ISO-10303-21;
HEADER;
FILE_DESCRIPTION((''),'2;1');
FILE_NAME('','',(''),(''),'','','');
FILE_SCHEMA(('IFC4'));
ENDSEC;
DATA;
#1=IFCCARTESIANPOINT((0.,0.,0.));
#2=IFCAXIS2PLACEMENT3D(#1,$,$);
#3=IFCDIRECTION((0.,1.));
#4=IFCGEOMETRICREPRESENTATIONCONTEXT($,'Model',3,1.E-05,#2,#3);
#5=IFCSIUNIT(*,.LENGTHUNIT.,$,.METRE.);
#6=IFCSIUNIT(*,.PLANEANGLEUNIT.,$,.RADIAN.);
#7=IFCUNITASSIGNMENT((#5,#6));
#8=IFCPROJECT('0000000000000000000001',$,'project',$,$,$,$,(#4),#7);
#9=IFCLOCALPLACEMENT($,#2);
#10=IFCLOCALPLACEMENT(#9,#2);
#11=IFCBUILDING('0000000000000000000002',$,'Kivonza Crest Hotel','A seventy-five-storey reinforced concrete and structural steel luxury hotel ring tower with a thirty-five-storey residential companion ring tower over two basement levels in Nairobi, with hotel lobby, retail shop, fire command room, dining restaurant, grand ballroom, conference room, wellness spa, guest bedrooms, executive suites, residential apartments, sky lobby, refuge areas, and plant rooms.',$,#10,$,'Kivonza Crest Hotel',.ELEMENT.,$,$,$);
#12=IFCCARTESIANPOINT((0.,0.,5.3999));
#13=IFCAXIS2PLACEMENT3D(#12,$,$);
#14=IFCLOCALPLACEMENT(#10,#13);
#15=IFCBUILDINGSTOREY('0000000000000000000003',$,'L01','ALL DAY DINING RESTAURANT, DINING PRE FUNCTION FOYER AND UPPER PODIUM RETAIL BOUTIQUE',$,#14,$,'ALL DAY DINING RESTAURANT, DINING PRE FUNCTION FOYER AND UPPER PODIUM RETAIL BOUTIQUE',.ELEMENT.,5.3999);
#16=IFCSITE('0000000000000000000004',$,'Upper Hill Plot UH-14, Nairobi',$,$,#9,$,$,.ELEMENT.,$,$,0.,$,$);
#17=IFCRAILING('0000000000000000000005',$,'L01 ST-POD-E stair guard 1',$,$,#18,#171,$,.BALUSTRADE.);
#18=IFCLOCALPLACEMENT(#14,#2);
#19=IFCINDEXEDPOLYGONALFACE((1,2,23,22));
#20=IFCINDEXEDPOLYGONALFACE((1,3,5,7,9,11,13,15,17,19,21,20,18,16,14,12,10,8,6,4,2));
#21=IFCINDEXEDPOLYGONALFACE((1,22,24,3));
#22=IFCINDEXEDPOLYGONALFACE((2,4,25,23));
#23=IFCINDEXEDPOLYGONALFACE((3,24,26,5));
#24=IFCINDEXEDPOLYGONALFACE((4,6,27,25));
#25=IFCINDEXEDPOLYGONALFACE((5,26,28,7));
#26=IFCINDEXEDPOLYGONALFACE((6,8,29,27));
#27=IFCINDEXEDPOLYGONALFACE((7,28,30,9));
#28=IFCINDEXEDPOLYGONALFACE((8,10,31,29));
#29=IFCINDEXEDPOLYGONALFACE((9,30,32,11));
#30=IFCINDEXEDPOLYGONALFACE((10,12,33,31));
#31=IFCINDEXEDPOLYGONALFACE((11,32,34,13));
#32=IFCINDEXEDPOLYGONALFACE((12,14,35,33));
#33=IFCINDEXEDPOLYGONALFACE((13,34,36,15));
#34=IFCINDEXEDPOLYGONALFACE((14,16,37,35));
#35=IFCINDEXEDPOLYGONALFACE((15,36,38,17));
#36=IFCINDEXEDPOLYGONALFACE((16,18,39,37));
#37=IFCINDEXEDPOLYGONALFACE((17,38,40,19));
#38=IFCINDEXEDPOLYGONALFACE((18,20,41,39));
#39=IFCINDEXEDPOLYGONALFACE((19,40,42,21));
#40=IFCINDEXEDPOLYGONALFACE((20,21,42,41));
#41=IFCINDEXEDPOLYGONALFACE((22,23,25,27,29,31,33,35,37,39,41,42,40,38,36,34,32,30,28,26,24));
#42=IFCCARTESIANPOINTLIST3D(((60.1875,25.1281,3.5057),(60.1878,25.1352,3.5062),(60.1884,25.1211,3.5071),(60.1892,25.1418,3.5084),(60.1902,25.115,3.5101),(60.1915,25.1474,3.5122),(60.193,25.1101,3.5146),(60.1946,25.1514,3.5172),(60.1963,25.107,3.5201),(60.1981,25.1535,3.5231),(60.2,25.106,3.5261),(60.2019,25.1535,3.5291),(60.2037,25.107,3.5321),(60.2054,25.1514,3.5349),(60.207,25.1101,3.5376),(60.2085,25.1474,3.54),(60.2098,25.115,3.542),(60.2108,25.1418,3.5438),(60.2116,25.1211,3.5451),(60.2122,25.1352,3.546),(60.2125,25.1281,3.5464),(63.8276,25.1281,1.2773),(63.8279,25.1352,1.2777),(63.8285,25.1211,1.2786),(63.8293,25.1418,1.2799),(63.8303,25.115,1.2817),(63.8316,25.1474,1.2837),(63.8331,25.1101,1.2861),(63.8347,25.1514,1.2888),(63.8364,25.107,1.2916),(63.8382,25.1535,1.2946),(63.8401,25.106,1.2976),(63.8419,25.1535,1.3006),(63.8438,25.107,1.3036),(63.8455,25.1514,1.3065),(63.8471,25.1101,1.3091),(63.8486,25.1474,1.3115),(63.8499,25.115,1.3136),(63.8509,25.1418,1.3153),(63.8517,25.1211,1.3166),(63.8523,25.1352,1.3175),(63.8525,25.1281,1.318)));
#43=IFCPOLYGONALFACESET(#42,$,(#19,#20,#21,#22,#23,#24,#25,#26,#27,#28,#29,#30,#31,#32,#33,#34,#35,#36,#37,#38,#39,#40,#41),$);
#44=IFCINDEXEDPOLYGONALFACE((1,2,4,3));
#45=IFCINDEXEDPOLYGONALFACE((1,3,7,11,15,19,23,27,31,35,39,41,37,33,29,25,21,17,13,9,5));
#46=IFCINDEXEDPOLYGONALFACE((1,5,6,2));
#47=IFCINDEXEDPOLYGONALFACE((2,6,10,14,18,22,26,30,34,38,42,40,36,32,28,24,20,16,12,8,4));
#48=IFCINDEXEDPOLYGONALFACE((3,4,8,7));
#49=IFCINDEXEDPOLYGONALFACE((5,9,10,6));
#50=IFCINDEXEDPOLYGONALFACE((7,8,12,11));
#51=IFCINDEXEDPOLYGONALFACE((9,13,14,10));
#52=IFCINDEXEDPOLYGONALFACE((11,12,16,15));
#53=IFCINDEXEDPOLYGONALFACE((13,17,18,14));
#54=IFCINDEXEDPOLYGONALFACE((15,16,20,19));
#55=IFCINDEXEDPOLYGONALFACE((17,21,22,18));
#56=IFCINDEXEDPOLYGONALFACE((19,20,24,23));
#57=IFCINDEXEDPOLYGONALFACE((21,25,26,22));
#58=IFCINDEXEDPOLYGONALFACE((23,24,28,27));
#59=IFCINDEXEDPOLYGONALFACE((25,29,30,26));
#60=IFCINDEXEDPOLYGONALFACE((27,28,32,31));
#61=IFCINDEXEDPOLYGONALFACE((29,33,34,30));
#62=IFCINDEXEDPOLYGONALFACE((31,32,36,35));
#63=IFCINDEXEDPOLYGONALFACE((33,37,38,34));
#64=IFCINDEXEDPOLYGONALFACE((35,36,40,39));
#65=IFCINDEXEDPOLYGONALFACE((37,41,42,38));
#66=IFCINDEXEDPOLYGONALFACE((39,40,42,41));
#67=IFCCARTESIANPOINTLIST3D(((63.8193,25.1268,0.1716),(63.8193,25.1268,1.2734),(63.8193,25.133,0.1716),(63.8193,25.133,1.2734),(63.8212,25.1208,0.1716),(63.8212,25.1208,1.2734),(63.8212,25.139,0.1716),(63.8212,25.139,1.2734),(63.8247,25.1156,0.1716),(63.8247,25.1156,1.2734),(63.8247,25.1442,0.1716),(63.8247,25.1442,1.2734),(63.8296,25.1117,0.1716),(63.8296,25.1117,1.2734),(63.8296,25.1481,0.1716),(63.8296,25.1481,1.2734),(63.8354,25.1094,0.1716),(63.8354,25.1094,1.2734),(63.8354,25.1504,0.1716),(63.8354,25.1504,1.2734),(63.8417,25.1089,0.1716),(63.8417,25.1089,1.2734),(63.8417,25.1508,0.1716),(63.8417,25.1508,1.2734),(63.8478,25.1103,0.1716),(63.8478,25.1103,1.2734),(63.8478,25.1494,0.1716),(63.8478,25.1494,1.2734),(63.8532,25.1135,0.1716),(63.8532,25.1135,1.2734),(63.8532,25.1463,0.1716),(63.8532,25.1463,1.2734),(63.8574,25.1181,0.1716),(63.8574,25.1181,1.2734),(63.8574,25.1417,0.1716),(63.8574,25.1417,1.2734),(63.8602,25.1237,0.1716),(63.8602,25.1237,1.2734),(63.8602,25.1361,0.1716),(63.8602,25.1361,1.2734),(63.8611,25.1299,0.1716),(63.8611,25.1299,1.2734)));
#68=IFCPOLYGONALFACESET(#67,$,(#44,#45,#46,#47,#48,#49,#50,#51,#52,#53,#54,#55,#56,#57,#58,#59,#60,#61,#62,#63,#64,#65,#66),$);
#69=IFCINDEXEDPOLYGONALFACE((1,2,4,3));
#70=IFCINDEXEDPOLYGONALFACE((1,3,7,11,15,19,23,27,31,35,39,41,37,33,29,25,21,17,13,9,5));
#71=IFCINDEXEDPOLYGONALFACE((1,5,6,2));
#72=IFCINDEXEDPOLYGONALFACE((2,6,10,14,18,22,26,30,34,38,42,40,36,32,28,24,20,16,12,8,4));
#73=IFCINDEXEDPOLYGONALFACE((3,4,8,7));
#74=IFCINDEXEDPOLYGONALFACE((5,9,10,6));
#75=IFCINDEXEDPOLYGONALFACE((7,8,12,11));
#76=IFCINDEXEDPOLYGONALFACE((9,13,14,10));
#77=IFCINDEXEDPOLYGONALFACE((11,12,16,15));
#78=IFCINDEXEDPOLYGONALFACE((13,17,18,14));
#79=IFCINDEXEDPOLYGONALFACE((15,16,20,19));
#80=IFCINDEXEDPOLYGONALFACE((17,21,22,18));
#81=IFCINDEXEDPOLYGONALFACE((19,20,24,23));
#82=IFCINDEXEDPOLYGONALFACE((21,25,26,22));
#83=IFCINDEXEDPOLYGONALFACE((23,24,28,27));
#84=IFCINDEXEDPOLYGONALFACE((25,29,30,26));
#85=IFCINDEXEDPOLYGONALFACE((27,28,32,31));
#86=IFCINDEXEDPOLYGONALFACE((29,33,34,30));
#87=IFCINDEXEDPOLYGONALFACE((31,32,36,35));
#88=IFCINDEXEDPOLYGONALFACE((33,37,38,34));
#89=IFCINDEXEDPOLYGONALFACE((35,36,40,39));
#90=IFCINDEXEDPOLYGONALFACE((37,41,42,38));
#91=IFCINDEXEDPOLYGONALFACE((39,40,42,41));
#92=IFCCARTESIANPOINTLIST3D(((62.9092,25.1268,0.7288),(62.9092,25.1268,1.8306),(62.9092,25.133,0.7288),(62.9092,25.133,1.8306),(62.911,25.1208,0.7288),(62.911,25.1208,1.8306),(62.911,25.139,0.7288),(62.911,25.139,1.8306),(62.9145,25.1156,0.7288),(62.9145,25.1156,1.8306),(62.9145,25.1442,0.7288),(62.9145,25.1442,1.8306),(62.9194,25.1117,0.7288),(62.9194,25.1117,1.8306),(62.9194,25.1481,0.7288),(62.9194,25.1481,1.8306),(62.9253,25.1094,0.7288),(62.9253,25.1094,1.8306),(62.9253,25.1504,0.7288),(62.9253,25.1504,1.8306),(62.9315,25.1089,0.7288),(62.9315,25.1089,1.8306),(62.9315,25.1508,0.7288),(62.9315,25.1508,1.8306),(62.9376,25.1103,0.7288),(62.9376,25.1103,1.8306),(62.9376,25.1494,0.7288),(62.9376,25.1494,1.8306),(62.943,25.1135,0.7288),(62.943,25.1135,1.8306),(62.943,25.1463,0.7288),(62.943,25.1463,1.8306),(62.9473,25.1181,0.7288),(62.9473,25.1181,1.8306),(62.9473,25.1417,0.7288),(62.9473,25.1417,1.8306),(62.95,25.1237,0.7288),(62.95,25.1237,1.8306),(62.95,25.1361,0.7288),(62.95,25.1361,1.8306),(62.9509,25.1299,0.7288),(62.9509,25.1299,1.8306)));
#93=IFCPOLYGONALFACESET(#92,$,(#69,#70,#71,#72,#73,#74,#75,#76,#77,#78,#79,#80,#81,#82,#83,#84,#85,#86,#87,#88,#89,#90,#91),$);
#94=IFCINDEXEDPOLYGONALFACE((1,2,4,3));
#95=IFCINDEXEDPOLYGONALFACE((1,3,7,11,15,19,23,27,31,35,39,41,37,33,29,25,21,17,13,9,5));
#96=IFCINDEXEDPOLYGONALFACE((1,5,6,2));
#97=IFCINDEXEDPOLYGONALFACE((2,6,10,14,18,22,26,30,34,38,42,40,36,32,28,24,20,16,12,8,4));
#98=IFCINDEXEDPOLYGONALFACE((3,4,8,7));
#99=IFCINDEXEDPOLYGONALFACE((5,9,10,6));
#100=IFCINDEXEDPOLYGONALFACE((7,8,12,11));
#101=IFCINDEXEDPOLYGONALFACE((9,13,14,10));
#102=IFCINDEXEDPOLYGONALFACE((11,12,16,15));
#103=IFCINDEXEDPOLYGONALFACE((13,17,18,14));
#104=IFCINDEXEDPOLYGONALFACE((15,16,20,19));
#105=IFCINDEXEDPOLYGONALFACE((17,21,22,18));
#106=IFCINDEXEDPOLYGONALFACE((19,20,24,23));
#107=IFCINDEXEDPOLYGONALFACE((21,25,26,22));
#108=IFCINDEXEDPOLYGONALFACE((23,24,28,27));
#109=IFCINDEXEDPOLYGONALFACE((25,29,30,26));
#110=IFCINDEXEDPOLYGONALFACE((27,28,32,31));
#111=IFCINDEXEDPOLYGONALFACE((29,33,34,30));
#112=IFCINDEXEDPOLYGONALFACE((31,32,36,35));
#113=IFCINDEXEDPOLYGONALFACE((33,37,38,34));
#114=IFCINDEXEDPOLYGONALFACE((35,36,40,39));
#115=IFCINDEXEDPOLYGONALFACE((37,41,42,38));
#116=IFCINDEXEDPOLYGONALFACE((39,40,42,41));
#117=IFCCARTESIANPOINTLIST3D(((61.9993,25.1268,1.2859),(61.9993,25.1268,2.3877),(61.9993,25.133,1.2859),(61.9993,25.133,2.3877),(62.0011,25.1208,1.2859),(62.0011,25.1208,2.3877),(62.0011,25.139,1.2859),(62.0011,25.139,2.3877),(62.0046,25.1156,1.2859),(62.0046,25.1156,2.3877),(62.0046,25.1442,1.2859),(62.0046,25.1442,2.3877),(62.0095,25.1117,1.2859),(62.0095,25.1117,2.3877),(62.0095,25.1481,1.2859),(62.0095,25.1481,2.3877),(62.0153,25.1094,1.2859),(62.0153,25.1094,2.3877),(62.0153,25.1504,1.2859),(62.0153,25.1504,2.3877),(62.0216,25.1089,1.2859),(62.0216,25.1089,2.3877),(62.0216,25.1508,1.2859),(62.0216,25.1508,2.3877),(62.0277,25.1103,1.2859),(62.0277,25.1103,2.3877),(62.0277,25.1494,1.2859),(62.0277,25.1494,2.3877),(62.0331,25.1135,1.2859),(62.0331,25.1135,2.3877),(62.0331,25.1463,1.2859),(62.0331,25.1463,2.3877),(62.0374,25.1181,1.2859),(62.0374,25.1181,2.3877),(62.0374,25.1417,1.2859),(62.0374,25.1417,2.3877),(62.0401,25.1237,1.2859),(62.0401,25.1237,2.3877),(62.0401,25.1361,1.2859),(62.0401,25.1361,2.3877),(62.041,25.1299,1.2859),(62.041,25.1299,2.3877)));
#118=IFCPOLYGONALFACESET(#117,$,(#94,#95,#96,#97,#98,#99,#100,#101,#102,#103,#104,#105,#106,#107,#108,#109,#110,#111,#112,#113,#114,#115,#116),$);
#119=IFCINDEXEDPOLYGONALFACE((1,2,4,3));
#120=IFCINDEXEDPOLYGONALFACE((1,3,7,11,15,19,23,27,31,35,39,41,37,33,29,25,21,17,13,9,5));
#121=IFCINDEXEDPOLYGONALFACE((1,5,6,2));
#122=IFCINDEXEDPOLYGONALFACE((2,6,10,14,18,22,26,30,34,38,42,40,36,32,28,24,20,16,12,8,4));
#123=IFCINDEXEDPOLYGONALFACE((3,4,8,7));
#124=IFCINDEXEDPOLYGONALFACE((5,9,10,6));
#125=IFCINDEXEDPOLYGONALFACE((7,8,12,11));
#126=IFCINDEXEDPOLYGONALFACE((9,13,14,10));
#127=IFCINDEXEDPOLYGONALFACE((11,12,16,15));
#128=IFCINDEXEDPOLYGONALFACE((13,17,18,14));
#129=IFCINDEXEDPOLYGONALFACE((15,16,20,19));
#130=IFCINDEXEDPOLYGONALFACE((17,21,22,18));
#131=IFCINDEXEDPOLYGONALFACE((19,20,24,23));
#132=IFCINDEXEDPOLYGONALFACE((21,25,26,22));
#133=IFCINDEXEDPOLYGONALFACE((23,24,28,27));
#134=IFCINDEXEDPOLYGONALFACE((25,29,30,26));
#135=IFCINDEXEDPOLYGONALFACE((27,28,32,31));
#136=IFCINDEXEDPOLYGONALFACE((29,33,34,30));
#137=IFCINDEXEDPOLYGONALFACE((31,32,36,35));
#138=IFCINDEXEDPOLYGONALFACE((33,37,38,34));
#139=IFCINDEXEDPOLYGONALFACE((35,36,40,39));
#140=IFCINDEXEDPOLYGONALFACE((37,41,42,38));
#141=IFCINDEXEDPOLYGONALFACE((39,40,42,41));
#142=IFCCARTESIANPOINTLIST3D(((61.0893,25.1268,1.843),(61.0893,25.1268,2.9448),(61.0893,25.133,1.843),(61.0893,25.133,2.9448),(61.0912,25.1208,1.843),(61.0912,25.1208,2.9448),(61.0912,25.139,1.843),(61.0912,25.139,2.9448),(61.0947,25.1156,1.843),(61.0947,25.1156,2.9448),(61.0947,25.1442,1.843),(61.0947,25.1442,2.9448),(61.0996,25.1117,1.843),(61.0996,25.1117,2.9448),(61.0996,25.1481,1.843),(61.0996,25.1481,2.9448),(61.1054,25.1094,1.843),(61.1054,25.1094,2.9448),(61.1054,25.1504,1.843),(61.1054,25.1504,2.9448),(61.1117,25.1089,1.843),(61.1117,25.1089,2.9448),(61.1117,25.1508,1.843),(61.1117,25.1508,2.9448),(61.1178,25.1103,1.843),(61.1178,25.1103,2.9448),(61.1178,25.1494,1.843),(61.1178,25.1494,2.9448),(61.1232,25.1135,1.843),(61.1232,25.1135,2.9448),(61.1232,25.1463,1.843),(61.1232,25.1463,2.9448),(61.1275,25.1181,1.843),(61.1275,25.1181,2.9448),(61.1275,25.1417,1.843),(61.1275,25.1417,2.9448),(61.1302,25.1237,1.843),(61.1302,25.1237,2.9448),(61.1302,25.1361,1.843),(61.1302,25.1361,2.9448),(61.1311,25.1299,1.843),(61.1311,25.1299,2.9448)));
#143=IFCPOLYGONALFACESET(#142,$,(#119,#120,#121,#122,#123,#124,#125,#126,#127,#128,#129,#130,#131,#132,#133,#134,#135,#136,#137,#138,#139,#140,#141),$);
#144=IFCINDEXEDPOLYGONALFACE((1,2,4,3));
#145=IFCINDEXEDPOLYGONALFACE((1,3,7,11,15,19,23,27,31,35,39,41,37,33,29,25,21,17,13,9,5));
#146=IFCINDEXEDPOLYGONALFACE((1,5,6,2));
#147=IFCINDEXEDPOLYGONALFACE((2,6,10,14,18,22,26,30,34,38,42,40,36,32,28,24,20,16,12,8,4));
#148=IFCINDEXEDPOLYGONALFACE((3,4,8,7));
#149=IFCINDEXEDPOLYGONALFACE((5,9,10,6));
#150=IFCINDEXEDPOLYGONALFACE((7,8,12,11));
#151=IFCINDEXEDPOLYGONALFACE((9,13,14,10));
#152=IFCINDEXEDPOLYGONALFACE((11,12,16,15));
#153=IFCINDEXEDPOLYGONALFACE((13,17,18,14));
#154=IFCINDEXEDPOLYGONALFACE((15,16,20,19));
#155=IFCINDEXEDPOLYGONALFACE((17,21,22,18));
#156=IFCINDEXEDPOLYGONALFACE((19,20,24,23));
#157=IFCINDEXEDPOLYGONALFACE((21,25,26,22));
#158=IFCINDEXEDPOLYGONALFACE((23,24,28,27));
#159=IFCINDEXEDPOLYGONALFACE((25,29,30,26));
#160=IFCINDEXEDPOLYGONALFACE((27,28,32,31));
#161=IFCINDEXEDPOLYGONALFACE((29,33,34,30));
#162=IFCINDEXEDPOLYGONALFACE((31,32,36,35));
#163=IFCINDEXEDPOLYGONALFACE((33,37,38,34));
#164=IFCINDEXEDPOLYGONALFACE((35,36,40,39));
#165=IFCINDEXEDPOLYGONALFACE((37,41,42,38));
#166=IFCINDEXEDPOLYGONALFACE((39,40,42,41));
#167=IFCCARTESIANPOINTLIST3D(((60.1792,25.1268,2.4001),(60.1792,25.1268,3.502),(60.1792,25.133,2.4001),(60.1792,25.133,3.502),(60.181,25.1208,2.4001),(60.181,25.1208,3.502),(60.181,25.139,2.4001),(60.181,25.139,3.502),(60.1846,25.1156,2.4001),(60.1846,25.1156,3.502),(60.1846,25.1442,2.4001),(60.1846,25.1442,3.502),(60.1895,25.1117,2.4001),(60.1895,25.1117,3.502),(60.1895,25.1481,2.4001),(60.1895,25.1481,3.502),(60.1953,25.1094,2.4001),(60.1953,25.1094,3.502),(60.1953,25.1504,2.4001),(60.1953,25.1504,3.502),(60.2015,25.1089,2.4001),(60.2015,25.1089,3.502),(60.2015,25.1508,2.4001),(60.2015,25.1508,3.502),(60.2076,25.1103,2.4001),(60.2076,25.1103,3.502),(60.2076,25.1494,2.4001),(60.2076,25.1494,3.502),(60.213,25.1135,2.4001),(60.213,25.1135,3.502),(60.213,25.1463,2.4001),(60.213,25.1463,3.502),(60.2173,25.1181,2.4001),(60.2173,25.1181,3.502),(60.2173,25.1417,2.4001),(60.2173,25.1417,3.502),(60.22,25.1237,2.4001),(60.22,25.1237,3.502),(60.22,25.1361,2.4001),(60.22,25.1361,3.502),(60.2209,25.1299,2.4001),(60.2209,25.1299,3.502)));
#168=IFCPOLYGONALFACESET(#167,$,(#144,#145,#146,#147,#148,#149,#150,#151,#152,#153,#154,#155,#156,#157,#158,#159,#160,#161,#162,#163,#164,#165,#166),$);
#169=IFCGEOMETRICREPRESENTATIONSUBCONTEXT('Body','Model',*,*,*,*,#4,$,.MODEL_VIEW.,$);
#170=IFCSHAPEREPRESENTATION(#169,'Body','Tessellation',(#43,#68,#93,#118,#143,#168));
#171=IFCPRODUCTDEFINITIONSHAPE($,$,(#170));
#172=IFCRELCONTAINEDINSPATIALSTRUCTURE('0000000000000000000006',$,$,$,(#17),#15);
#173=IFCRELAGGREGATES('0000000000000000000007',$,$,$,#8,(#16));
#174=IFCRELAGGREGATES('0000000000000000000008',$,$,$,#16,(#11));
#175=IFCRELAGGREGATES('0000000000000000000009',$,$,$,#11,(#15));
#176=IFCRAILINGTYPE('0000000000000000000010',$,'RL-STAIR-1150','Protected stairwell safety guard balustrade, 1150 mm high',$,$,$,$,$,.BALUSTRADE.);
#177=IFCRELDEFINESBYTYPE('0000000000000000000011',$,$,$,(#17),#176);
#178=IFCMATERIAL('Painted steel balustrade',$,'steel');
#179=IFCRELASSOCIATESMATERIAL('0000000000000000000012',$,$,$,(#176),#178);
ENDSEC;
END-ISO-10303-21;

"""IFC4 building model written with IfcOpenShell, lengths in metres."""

from ifc_helpers import new_model, si_unit, direction, frame, origin, origin_2d, place, context, subcontext, project, spatial, circle, extrude, material, type_object, element, save


model = new_model("IFC4")

# Units and contexts
model_context = context("Model", 3, precision=1e-05, world=origin(), true_north=direction((0.0, 1.0)))
body_context = subcontext(model_context, "Body", "Model", "MODEL_VIEW")
ifc_project = project(units=[si_unit("LENGTHUNIT", "METRE"), si_unit("PLANEANGLEUNIT", "RADIAN")], contexts=[model_context])

# Site, building, storey
site_placement = place(None, origin())
site = spatial("IfcSite", under=ifc_project, at=site_placement, Name="Upper Hill Plot UH-14, Nairobi", CompositionType="ELEMENT", RefElevation=0.0)
building_placement = place(site_placement, origin())
building = spatial("IfcBuilding", under=site, at=building_placement, Name="Kivonza Crest Hotel", Description="A seventy-five-storey reinforced concrete and structural steel luxury hotel ring tower with a thirty-five-storey residential companion ring tower over two basement levels in Nairobi, with hotel lobby, retail shop, fire command room, dining restaurant, grand ballroom, conference room, wellness spa, guest bedrooms, executive suites, residential apartments, sky lobby, refuge areas, and plant rooms.", LongName="Kivonza Crest Hotel", CompositionType="ELEMENT")
storey_placement = place(building_placement, frame((0.0, 0.0, 5.3999)))
storey = spatial("IfcBuildingStorey", under=building, at=storey_placement, Name="L01", Description="ALL DAY DINING RESTAURANT, DINING PRE FUNCTION FOYER AND UPPER PODIUM RETAIL BOUTIQUE", LongName="ALL DAY DINING RESTAURANT, DINING PRE FUNCTION FOYER AND UPPER PODIUM RETAIL BOUTIQUE", CompositionType="ELEMENT", Elevation=5.3999)

# Railing
ifc_material_1 = material(Name="Painted steel balustrade", Category="steel")
railing_type_1 = type_object("IfcRailingType", Name="RL-STAIR-1150", Description="Protected stairwell safety guard balustrade, 1150 mm high", PredefinedType="BALUSTRADE", material=ifc_material_1)
railing_1_placement = place(storey_placement, frame((63.8401, 25.1299, 0.1716)))
element("IfcRailing", 1, at=railing_1_placement, inside=storey, type_object=railing_type_1, Name="L01 ST-POD-E stair guard 1", PredefinedType="BALUSTRADE", context=body_context, shape_type="SweptSolid", body=[
    extrude(circle(Radius=0.0239, at=origin_2d()), frame((0.0, 0.0, 1.126), z_axis=(-0.852866, 0.0, 0.52213), x_axis=(0.0, -1.0, 0.0)), (0.0, 0.0, 1.0), 4.2681),
    extrude(circle(Radius=0.021, at=origin_2d()), origin(), (0.0, 0.0, 1.0), 1.1018),
    extrude(circle(Radius=0.021, at=origin_2d()), frame((-0.9102, 0.0, 0.5571)), (0.0, 0.0, 1.0), 1.1018),
    extrude(circle(Radius=0.021, at=origin_2d()), frame((-1.8201, 0.0, 1.1143)), (0.0, 0.0, 1.0), 1.1018),
    extrude(circle(Radius=0.021, at=origin_2d()), frame((-2.73, 0.0, 1.6714)), (0.0, 0.0, 1.0), 1.1018),
    extrude(circle(Radius=0.021, at=origin_2d()), frame((-3.6401, 0.0, 2.2285)), (0.0, 0.0, 1.0), 1.1018),
])

save(model, "model.ifc")
